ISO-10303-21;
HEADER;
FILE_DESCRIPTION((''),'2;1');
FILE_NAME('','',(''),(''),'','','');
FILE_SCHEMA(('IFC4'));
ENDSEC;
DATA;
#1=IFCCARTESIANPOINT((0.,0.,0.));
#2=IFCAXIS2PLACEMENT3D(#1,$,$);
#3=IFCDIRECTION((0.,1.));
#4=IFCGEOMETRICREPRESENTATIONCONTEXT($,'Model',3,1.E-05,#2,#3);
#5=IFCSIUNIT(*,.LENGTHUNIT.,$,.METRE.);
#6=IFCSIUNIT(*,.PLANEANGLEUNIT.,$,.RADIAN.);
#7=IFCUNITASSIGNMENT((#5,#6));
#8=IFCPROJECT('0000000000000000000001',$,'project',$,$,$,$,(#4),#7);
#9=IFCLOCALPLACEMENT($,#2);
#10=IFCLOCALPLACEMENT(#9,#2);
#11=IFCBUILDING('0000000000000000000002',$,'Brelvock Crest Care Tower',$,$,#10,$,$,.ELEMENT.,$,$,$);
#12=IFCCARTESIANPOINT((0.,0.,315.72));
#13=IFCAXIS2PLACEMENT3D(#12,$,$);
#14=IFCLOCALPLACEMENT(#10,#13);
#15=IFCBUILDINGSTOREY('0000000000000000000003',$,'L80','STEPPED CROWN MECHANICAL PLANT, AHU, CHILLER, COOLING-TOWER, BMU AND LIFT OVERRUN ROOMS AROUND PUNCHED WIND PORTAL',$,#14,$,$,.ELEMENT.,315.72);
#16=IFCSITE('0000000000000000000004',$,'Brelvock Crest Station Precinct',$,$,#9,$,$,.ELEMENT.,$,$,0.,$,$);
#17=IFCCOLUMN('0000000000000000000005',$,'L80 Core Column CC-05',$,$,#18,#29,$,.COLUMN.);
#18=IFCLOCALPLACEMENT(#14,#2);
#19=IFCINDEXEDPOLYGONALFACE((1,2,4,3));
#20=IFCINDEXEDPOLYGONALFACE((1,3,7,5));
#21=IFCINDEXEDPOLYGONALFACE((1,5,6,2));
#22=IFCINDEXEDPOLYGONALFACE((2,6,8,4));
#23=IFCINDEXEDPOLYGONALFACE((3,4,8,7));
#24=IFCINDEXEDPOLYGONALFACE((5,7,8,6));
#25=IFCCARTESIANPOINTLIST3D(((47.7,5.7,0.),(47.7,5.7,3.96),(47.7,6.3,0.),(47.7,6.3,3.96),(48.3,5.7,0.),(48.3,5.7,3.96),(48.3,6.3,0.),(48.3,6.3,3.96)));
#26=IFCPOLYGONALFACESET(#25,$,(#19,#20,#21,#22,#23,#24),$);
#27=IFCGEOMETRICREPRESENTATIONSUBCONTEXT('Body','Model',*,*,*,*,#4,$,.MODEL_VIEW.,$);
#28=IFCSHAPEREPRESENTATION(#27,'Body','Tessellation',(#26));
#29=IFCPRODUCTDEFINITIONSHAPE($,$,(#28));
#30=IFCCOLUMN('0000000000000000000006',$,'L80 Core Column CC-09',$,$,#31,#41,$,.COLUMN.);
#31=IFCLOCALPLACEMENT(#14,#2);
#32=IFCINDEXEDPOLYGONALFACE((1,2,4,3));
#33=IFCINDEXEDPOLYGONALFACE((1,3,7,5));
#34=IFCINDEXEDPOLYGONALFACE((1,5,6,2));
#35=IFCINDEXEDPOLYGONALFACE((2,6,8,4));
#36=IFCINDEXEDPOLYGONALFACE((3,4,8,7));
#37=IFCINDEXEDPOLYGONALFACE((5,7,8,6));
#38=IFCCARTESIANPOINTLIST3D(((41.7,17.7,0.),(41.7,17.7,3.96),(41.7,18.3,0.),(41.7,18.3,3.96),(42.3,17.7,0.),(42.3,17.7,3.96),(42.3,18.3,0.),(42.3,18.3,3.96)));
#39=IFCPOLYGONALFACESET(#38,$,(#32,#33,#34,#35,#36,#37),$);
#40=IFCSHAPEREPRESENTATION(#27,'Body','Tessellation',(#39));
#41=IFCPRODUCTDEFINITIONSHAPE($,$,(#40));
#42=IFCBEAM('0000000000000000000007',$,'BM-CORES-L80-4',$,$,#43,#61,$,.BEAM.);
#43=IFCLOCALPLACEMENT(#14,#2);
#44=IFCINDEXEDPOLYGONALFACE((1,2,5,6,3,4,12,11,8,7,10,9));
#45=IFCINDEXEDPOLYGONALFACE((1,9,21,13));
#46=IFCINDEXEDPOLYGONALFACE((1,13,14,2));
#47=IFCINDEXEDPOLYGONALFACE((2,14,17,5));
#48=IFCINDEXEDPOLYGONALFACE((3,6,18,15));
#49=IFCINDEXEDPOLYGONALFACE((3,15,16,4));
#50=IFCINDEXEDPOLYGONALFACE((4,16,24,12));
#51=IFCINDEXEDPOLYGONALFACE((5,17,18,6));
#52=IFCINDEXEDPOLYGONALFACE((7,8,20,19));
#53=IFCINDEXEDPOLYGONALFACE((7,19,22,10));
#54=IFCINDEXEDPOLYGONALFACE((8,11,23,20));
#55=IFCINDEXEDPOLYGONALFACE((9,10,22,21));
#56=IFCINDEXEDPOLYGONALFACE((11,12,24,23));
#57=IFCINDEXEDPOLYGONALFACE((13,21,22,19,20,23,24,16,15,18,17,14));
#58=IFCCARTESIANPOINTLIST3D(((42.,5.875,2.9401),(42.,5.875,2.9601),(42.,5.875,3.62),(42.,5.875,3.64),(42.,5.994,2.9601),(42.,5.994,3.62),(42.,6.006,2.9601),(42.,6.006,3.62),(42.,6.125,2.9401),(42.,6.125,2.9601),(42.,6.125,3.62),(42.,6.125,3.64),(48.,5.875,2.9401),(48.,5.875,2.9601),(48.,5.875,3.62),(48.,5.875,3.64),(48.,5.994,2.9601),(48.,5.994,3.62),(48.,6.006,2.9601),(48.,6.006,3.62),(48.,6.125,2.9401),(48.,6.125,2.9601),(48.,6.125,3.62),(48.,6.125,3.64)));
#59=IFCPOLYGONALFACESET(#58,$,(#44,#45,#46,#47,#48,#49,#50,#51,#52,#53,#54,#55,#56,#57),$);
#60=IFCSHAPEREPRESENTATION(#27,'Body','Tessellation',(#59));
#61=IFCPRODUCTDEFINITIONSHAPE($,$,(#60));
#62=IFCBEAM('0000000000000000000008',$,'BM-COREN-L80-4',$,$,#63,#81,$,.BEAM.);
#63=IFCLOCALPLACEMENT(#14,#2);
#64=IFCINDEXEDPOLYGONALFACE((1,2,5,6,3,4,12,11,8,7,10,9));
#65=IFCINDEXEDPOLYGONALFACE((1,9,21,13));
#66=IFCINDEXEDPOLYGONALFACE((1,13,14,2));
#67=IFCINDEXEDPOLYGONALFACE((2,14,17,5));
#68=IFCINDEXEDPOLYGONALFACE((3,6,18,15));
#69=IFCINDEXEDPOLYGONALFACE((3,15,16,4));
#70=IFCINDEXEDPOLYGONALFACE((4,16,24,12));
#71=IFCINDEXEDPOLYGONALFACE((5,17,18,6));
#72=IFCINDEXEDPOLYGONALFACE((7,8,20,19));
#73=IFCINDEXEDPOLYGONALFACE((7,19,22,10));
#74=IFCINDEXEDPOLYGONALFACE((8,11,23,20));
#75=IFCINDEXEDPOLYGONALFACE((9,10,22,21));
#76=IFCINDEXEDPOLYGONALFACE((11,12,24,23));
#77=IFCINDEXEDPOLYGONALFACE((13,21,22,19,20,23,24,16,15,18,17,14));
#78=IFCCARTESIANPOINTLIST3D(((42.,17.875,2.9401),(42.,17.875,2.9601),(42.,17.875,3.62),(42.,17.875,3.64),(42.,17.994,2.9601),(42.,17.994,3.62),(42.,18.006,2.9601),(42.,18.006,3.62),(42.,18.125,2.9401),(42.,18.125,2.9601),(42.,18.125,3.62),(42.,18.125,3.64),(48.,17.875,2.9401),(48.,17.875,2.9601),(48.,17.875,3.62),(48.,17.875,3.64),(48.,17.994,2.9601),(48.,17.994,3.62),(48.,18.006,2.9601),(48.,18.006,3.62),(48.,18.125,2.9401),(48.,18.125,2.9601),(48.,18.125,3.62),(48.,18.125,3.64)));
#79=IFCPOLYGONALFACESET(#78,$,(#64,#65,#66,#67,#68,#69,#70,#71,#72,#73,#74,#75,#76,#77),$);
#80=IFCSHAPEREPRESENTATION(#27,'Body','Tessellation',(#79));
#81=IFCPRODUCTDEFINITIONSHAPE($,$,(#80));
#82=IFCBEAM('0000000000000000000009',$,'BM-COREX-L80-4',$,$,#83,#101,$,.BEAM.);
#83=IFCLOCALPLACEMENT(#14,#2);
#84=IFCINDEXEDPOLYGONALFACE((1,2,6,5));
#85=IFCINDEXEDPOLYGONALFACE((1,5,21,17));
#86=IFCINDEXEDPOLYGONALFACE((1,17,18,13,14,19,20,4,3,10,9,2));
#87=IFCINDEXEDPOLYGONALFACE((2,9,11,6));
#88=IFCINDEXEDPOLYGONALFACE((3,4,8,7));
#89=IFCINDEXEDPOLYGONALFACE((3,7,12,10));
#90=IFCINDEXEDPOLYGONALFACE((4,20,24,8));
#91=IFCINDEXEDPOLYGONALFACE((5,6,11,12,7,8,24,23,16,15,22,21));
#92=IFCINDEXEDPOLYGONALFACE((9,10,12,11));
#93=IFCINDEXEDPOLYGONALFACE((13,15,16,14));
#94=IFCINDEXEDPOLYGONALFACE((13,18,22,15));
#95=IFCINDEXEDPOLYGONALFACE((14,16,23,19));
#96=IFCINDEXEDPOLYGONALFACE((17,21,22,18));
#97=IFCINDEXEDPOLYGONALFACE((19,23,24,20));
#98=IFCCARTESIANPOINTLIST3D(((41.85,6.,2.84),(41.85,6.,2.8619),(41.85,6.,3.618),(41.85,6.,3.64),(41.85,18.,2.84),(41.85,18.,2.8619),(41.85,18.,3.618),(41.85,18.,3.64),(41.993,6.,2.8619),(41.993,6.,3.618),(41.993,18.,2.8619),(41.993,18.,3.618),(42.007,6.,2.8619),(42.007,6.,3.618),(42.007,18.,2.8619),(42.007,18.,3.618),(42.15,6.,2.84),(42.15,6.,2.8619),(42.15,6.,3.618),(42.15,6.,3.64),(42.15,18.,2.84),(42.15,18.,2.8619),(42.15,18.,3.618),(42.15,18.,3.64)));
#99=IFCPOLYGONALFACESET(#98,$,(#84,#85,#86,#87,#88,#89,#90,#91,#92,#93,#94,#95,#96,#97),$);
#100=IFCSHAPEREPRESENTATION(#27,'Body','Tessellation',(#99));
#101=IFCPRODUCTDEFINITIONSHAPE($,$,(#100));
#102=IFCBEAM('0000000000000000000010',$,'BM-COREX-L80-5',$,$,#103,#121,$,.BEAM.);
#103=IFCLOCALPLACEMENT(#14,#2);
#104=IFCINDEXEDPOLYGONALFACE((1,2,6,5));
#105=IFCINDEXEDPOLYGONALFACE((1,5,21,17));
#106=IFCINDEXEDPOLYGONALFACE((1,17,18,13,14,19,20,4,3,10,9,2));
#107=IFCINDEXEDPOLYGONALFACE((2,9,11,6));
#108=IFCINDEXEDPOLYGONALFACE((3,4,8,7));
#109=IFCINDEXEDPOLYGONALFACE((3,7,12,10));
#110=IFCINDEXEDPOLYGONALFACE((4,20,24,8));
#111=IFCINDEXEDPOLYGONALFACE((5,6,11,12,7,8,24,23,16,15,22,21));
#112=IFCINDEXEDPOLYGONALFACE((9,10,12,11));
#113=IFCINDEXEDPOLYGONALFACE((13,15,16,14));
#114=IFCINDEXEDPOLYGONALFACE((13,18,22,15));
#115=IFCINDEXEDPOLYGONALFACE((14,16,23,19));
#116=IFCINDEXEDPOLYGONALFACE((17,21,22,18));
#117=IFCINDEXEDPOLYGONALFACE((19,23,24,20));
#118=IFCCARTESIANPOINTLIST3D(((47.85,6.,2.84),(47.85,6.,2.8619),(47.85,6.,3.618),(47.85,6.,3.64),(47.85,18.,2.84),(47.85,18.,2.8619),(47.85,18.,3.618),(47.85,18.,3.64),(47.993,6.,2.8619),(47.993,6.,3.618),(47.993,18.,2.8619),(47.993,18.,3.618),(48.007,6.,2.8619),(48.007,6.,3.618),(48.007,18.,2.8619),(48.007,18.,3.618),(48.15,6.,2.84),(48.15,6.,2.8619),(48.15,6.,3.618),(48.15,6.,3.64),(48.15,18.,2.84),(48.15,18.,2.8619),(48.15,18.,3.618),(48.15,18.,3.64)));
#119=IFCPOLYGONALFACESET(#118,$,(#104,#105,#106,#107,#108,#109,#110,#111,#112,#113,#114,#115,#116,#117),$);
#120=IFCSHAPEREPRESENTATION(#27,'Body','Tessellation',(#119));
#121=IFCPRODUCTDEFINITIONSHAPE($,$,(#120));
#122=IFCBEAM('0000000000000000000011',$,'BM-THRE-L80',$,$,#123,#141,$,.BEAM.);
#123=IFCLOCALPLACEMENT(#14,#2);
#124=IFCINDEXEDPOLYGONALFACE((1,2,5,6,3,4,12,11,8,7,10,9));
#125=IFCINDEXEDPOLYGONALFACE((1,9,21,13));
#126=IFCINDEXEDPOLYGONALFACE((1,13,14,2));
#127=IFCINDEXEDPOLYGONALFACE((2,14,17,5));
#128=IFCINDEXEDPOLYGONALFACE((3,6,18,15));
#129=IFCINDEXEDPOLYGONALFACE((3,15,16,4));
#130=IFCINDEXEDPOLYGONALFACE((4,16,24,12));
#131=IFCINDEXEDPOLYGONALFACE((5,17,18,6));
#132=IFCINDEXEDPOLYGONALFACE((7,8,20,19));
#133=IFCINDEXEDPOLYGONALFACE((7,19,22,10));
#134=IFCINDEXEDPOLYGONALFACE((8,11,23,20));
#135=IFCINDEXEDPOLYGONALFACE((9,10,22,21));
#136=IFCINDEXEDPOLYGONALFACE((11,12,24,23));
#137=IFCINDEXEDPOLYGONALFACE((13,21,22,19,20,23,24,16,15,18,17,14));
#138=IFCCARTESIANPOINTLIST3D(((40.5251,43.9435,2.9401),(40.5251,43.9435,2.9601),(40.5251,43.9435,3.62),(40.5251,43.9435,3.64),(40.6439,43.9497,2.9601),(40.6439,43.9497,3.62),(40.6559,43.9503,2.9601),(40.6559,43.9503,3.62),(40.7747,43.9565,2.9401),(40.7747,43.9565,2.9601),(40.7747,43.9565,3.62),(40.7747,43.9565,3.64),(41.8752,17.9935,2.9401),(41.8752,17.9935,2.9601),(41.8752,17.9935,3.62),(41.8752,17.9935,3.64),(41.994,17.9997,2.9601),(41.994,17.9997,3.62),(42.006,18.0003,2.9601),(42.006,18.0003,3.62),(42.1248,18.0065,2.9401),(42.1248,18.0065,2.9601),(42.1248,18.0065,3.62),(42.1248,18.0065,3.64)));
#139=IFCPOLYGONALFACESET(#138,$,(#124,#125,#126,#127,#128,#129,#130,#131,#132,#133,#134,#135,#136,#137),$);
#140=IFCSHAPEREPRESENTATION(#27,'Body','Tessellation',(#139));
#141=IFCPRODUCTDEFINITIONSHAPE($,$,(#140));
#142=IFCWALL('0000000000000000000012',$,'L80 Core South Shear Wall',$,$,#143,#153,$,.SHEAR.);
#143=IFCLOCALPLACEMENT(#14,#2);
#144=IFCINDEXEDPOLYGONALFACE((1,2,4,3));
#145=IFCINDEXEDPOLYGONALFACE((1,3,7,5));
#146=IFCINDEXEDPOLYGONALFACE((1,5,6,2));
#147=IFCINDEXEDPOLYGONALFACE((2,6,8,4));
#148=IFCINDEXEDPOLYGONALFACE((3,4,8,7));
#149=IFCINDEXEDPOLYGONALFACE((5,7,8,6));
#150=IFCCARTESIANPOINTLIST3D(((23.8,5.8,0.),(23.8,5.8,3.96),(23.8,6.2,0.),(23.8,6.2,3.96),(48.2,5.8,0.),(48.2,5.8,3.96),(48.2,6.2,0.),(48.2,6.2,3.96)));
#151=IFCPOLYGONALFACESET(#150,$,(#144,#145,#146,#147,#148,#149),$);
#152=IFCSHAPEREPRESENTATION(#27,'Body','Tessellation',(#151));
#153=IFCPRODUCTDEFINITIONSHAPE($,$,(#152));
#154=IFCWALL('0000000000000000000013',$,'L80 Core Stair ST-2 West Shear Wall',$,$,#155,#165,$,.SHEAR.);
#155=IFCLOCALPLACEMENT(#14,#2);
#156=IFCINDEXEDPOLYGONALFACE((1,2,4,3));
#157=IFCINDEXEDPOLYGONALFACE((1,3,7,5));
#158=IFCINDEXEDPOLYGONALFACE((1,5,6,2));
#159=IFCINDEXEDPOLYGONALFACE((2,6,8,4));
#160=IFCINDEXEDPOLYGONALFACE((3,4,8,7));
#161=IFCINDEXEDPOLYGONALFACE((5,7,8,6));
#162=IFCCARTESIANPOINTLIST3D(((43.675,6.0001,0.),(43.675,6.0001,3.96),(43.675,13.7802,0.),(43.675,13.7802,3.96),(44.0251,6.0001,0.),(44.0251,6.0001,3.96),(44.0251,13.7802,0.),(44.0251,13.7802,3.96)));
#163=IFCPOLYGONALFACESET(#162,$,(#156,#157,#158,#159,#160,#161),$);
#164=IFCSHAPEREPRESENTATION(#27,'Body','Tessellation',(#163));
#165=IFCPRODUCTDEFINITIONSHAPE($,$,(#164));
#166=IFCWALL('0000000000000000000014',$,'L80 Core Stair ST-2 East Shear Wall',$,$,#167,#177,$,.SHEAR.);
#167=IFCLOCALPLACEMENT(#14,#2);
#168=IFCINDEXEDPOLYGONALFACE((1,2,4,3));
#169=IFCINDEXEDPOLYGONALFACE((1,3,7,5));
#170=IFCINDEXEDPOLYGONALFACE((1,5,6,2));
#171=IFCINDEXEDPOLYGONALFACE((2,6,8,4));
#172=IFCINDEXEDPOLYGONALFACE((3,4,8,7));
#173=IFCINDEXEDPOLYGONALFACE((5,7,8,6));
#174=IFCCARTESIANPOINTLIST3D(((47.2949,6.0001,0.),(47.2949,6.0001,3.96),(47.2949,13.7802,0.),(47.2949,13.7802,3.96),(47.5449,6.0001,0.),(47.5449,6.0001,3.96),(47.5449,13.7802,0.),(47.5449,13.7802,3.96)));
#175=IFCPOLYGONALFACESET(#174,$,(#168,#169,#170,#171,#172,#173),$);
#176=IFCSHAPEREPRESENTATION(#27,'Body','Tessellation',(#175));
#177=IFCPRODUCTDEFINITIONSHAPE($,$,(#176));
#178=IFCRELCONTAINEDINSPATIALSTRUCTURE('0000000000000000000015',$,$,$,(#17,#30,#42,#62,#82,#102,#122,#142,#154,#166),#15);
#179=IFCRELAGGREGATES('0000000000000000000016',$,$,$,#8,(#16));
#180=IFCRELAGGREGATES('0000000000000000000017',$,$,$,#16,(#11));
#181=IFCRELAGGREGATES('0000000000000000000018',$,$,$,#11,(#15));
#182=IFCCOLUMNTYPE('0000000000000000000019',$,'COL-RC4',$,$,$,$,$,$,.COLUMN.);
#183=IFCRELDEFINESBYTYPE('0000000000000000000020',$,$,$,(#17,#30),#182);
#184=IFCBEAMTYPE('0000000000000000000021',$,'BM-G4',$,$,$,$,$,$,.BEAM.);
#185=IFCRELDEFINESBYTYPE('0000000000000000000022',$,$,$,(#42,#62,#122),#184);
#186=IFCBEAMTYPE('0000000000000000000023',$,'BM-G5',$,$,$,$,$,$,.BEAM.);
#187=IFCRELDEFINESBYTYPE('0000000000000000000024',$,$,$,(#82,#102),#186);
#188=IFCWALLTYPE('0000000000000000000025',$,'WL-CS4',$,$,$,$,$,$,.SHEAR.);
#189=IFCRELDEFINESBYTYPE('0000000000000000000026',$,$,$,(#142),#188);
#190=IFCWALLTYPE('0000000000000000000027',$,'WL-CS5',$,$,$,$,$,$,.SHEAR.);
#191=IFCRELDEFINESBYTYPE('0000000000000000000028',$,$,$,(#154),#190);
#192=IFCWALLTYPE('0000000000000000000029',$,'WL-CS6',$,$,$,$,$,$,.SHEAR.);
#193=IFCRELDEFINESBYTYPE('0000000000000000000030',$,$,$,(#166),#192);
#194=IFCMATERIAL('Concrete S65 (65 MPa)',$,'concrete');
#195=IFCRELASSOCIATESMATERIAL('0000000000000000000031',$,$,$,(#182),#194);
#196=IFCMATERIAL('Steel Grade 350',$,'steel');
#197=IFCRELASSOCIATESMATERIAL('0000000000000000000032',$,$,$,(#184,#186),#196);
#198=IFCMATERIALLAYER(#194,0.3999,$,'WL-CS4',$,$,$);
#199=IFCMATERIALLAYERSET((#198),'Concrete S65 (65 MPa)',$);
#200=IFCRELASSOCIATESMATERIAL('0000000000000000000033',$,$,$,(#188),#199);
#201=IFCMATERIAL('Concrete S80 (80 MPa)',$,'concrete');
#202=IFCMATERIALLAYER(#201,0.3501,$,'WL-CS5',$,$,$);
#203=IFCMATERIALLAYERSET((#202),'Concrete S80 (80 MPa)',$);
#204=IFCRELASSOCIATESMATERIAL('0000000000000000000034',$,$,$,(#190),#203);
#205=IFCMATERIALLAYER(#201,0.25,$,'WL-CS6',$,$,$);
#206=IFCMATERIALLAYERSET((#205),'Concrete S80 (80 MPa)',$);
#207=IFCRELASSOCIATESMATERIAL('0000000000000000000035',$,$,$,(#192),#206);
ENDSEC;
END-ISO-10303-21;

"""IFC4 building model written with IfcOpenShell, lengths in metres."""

from ifc_helpers import new_model, si_unit, direction, frame, frame_2d, origin, origin_2d, place, context, subcontext, project, spatial, rectangle, i_section, extrude, source, transform, mapped, material, layer, layer_set, material_profile, profile_set, type_object, element, save


model = new_model("IFC4")

# Units and contexts
model_context = context("Model", 3, precision=1e-05, world=origin(), true_north=direction((0.0, 1.0)))
body_context = subcontext(model_context, "Body", "Model", "MODEL_VIEW")
ifc_project = project(units=[si_unit("LENGTHUNIT", "METRE"), si_unit("PLANEANGLEUNIT", "RADIAN")], contexts=[model_context])

# Site, building, storey
site_placement = place(None, origin())
site = spatial("IfcSite", under=ifc_project, at=site_placement, Name="Brelvock Crest Station Precinct", CompositionType="ELEMENT", RefElevation=0.0)
building_placement = place(site_placement, origin())
building = spatial("IfcBuilding", under=site, at=building_placement, Name="Brelvock Crest Care Tower", CompositionType="ELEMENT")
storey_placement = place(building_placement, frame((0.0, 0.0, 315.72)))
storey = spatial("IfcBuildingStorey", under=building, at=storey_placement, Name="L80", Description="STEPPED CROWN MECHANICAL PLANT, AHU, CHILLER, COOLING-TOWER, BMU AND LIFT OVERRUN ROOMS AROUND PUNCHED WIND PORTAL", CompositionType="ELEMENT", Elevation=315.72)

# Columns
ifc_material_1 = material(Name="Concrete S65 (65 MPa)", Category="concrete")
ifc_material_profile_1 = material_profile(ifc_material_1, rectangle(XDim=0.6001, YDim=0.6001, at=origin_2d()), Name="RC600x600")
ifc_profile_set_1 = profile_set([ifc_material_profile_1], Name="Concrete S65 (65 MPa)")
column_type = type_object("IfcColumnType", Name="COL-RC4", PredefinedType="COLUMN", material=ifc_profile_set_1)
shared_shape_1 = source(origin(), body_context, "Body", "SweptSolid", [
    extrude(rectangle(XDim=0.6001, YDim=0.6001, at=origin_2d()), origin(), (0.0, 0.0, 1.0), 3.96),
])
for number, where, z_axis, x_axis, name in (
    (1, (48.0, 6.0, 0.0), (0.0, 0.0, 1.0), (1.0, 0.0, 0.0), "L80 Core Column CC-05"),
    (2, (42.0, 18.0, 0.0), (0.0, 0.0, 1.0), (1.0, 0.0, 0.0), "L80 Core Column CC-09"),
):
    element("IfcColumn", number, at=place(storey_placement, frame(where, z_axis=z_axis, x_axis=x_axis)), inside=storey, type_object=column_type, Name=name, PredefinedType="COLUMN", context=body_context, shape_type="MappedRepresentation", body=[
        mapped(shared_shape_1, transform((0.0, 0.0, 0.0), x_axis=(1.0, 0.0, 0.0), y_axis=(0.0, 1.0, 0.0), z_axis=(0.0, 0.0, 1.0), scale=1.0)),
    ])

# Beams
ifc_material_2 = material(Name="Steel Grade 350", Category="steel")
ifc_material_profile_2 = material_profile(ifc_material_2, i_section(OverallWidth=0.25, OverallDepth=0.7, WebThickness=0.012, FlangeThickness=0.02, at=origin_2d()), Name="700WB150")
ifc_profile_set_2 = profile_set([ifc_material_profile_2], Name="Steel Grade 350")
beam_type_1 = type_object("IfcBeamType", Name="BM-G4", PredefinedType="BEAM", material=ifc_profile_set_2)
shared_shape_2 = source(origin(), body_context, "Body", "SweptSolid", [
    extrude(i_section(OverallWidth=0.25, OverallDepth=0.7, WebThickness=0.012, FlangeThickness=0.02, at=origin_2d()), origin(), (0.0, 0.0, 1.0), 6.0),
])
for number, where, z_axis, x_axis, name in (
    (3, (42.0, 6.0, 3.29), (1.0, 0.0, 0.0), (0.0, 1.0, 0.0), "BM-CORES-L80-4"),
    (4, (42.0, 18.0, 3.29), (1.0, 0.0, 0.0), (0.0, 1.0, 0.0), "BM-COREN-L80-4"),
):
    element("IfcBeam", number, at=place(storey_placement, frame(where, z_axis=z_axis, x_axis=x_axis)), inside=storey, type_object=beam_type_1, Name=name, PredefinedType="BEAM", context=body_context, shape_type="MappedRepresentation", body=[
        mapped(shared_shape_2, transform((0.0, 0.0, 0.0), x_axis=(1.0, 0.0, 0.0), y_axis=(0.0, 1.0, 0.0), z_axis=(0.0, 0.0, 1.0), scale=1.0)),
    ])
ifc_material_profile_3 = material_profile(ifc_material_2, i_section(OverallWidth=0.3, OverallDepth=0.8, WebThickness=0.0139, FlangeThickness=0.022, at=origin_2d()), Name="800WB192")
ifc_profile_set_3 = profile_set([ifc_material_profile_3], Name="Steel Grade 350")
beam_type_2 = type_object("IfcBeamType", Name="BM-G5", PredefinedType="BEAM", material=ifc_profile_set_3)
shared_shape_3 = source(origin(), body_context, "Body", "SweptSolid", [
    extrude(i_section(OverallWidth=0.3, OverallDepth=0.8, WebThickness=0.0139, FlangeThickness=0.022, at=origin_2d()), origin(), (0.0, 0.0, 1.0), 12.0),
])
for number, where, z_axis, x_axis, name in (
    (5, (42.0, 6.0, 3.24), (0.0, 1.0, 0.0), (-1.0, 0.0, 0.0), "BM-COREX-L80-4"),
    (6, (48.0, 6.0, 3.24), (0.0, 1.0, 0.0), (-1.0, 0.0, 0.0), "BM-COREX-L80-5"),
):
    element("IfcBeam", number, at=place(storey_placement, frame(where, z_axis=z_axis, x_axis=x_axis)), inside=storey, type_object=beam_type_2, Name=name, PredefinedType="BEAM", context=body_context, shape_type="MappedRepresentation", body=[
        mapped(shared_shape_3, transform((0.0, 0.0, 0.0), x_axis=(1.0, 0.0, 0.0), y_axis=(0.0, 1.0, 0.0), z_axis=(0.0, 0.0, 1.0), scale=1.0)),
    ])
shared_shape_4 = source(origin(), body_context, "Body", "SweptSolid", [
    extrude(i_section(OverallWidth=0.25, OverallDepth=0.7, WebThickness=0.012, FlangeThickness=0.02, at=origin_2d()), origin(), (0.0, 0.0, 1.0), 25.9851),
])
beam_placement = place(storey_placement, frame((42.0, 18.0, 3.29), z_axis=(-0.051957, 0.998649, 0.0), x_axis=(-0.998649, -0.051957, 0.0)))
element("IfcBeam", 7, at=beam_placement, inside=storey, type_object=beam_type_1, Name="BM-THRE-L80", PredefinedType="BEAM", context=body_context, shape_type="MappedRepresentation", body=[
    mapped(shared_shape_4, transform((0.0, 0.0, 0.0), x_axis=(1.0, 0.0, 0.0), y_axis=(0.0, 1.0, 0.0), z_axis=(0.0, 0.0, 1.0), scale=1.0)),
])

# Walls
ifc_layer_1 = layer(ifc_material_1, 0.3999, Name="WL-CS4")
ifc_layer_set_1 = layer_set([ifc_layer_1], Name="Concrete S65 (65 MPa)")
wall_type_1 = type_object("IfcWallType", Name="WL-CS4", PredefinedType="SHEAR", material=ifc_layer_set_1)
wall_1_placement = place(storey_placement, frame((48.2, 6.0, 0.0), z_axis=(0.0, 0.0, 1.0), x_axis=(-1.0, 0.0, 0.0)))
element("IfcWall", 8, at=wall_1_placement, inside=storey, type_object=wall_type_1, Name="L80 Core South Shear Wall", PredefinedType="SHEAR", context=body_context, shape_type="SweptSolid", body=[
    extrude(rectangle(XDim=24.3999, YDim=0.3999, at=frame_2d((12.2, 0.0))), origin(), (0.0, 0.0, 1.0), 3.96),
])
ifc_material_3 = material(Name="Concrete S80 (80 MPa)", Category="concrete")
ifc_layer_2 = layer(ifc_material_3, 0.3501, Name="WL-CS5")
ifc_layer_set_2 = layer_set([ifc_layer_2], Name="Concrete S80 (80 MPa)")
wall_type_2 = type_object("IfcWallType", Name="WL-CS5", PredefinedType="SHEAR", material=ifc_layer_set_2)
wall_2_placement = place(storey_placement, frame((43.8501, 6.0, 0.0), z_axis=(0.0, 0.0, 1.0), x_axis=(0.0, 1.0, 0.0)))
element("IfcWall", 9, at=wall_2_placement, inside=storey, type_object=wall_type_2, Name="L80 Core Stair ST-2 West Shear Wall", PredefinedType="SHEAR", context=body_context, shape_type="SweptSolid", body=[
    extrude(rectangle(XDim=7.78, YDim=0.3501, at=frame_2d((3.8901, 0.0))), origin(), (0.0, 0.0, 1.0), 3.96),
])
ifc_layer_3 = layer(ifc_material_3, 0.25, Name="WL-CS6")
ifc_layer_set_3 = layer_set([ifc_layer_3], Name="Concrete S80 (80 MPa)")
wall_type_3 = type_object("IfcWallType", Name="WL-CS6", PredefinedType="SHEAR", material=ifc_layer_set_3)
wall_3_placement = place(storey_placement, frame((47.4199, 6.0, 0.0), z_axis=(0.0, 0.0, 1.0), x_axis=(0.0, 1.0, 0.0)))
element("IfcWall", 10, at=wall_3_placement, inside=storey, type_object=wall_type_3, Name="L80 Core Stair ST-2 East Shear Wall", PredefinedType="SHEAR", context=body_context, shape_type="SweptSolid", body=[
    extrude(rectangle(XDim=7.78, YDim=0.25, at=frame_2d((3.8901, 0.0))), origin(), (0.0, 0.0, 1.0), 3.96),
])

save(model, "model.ifc")
